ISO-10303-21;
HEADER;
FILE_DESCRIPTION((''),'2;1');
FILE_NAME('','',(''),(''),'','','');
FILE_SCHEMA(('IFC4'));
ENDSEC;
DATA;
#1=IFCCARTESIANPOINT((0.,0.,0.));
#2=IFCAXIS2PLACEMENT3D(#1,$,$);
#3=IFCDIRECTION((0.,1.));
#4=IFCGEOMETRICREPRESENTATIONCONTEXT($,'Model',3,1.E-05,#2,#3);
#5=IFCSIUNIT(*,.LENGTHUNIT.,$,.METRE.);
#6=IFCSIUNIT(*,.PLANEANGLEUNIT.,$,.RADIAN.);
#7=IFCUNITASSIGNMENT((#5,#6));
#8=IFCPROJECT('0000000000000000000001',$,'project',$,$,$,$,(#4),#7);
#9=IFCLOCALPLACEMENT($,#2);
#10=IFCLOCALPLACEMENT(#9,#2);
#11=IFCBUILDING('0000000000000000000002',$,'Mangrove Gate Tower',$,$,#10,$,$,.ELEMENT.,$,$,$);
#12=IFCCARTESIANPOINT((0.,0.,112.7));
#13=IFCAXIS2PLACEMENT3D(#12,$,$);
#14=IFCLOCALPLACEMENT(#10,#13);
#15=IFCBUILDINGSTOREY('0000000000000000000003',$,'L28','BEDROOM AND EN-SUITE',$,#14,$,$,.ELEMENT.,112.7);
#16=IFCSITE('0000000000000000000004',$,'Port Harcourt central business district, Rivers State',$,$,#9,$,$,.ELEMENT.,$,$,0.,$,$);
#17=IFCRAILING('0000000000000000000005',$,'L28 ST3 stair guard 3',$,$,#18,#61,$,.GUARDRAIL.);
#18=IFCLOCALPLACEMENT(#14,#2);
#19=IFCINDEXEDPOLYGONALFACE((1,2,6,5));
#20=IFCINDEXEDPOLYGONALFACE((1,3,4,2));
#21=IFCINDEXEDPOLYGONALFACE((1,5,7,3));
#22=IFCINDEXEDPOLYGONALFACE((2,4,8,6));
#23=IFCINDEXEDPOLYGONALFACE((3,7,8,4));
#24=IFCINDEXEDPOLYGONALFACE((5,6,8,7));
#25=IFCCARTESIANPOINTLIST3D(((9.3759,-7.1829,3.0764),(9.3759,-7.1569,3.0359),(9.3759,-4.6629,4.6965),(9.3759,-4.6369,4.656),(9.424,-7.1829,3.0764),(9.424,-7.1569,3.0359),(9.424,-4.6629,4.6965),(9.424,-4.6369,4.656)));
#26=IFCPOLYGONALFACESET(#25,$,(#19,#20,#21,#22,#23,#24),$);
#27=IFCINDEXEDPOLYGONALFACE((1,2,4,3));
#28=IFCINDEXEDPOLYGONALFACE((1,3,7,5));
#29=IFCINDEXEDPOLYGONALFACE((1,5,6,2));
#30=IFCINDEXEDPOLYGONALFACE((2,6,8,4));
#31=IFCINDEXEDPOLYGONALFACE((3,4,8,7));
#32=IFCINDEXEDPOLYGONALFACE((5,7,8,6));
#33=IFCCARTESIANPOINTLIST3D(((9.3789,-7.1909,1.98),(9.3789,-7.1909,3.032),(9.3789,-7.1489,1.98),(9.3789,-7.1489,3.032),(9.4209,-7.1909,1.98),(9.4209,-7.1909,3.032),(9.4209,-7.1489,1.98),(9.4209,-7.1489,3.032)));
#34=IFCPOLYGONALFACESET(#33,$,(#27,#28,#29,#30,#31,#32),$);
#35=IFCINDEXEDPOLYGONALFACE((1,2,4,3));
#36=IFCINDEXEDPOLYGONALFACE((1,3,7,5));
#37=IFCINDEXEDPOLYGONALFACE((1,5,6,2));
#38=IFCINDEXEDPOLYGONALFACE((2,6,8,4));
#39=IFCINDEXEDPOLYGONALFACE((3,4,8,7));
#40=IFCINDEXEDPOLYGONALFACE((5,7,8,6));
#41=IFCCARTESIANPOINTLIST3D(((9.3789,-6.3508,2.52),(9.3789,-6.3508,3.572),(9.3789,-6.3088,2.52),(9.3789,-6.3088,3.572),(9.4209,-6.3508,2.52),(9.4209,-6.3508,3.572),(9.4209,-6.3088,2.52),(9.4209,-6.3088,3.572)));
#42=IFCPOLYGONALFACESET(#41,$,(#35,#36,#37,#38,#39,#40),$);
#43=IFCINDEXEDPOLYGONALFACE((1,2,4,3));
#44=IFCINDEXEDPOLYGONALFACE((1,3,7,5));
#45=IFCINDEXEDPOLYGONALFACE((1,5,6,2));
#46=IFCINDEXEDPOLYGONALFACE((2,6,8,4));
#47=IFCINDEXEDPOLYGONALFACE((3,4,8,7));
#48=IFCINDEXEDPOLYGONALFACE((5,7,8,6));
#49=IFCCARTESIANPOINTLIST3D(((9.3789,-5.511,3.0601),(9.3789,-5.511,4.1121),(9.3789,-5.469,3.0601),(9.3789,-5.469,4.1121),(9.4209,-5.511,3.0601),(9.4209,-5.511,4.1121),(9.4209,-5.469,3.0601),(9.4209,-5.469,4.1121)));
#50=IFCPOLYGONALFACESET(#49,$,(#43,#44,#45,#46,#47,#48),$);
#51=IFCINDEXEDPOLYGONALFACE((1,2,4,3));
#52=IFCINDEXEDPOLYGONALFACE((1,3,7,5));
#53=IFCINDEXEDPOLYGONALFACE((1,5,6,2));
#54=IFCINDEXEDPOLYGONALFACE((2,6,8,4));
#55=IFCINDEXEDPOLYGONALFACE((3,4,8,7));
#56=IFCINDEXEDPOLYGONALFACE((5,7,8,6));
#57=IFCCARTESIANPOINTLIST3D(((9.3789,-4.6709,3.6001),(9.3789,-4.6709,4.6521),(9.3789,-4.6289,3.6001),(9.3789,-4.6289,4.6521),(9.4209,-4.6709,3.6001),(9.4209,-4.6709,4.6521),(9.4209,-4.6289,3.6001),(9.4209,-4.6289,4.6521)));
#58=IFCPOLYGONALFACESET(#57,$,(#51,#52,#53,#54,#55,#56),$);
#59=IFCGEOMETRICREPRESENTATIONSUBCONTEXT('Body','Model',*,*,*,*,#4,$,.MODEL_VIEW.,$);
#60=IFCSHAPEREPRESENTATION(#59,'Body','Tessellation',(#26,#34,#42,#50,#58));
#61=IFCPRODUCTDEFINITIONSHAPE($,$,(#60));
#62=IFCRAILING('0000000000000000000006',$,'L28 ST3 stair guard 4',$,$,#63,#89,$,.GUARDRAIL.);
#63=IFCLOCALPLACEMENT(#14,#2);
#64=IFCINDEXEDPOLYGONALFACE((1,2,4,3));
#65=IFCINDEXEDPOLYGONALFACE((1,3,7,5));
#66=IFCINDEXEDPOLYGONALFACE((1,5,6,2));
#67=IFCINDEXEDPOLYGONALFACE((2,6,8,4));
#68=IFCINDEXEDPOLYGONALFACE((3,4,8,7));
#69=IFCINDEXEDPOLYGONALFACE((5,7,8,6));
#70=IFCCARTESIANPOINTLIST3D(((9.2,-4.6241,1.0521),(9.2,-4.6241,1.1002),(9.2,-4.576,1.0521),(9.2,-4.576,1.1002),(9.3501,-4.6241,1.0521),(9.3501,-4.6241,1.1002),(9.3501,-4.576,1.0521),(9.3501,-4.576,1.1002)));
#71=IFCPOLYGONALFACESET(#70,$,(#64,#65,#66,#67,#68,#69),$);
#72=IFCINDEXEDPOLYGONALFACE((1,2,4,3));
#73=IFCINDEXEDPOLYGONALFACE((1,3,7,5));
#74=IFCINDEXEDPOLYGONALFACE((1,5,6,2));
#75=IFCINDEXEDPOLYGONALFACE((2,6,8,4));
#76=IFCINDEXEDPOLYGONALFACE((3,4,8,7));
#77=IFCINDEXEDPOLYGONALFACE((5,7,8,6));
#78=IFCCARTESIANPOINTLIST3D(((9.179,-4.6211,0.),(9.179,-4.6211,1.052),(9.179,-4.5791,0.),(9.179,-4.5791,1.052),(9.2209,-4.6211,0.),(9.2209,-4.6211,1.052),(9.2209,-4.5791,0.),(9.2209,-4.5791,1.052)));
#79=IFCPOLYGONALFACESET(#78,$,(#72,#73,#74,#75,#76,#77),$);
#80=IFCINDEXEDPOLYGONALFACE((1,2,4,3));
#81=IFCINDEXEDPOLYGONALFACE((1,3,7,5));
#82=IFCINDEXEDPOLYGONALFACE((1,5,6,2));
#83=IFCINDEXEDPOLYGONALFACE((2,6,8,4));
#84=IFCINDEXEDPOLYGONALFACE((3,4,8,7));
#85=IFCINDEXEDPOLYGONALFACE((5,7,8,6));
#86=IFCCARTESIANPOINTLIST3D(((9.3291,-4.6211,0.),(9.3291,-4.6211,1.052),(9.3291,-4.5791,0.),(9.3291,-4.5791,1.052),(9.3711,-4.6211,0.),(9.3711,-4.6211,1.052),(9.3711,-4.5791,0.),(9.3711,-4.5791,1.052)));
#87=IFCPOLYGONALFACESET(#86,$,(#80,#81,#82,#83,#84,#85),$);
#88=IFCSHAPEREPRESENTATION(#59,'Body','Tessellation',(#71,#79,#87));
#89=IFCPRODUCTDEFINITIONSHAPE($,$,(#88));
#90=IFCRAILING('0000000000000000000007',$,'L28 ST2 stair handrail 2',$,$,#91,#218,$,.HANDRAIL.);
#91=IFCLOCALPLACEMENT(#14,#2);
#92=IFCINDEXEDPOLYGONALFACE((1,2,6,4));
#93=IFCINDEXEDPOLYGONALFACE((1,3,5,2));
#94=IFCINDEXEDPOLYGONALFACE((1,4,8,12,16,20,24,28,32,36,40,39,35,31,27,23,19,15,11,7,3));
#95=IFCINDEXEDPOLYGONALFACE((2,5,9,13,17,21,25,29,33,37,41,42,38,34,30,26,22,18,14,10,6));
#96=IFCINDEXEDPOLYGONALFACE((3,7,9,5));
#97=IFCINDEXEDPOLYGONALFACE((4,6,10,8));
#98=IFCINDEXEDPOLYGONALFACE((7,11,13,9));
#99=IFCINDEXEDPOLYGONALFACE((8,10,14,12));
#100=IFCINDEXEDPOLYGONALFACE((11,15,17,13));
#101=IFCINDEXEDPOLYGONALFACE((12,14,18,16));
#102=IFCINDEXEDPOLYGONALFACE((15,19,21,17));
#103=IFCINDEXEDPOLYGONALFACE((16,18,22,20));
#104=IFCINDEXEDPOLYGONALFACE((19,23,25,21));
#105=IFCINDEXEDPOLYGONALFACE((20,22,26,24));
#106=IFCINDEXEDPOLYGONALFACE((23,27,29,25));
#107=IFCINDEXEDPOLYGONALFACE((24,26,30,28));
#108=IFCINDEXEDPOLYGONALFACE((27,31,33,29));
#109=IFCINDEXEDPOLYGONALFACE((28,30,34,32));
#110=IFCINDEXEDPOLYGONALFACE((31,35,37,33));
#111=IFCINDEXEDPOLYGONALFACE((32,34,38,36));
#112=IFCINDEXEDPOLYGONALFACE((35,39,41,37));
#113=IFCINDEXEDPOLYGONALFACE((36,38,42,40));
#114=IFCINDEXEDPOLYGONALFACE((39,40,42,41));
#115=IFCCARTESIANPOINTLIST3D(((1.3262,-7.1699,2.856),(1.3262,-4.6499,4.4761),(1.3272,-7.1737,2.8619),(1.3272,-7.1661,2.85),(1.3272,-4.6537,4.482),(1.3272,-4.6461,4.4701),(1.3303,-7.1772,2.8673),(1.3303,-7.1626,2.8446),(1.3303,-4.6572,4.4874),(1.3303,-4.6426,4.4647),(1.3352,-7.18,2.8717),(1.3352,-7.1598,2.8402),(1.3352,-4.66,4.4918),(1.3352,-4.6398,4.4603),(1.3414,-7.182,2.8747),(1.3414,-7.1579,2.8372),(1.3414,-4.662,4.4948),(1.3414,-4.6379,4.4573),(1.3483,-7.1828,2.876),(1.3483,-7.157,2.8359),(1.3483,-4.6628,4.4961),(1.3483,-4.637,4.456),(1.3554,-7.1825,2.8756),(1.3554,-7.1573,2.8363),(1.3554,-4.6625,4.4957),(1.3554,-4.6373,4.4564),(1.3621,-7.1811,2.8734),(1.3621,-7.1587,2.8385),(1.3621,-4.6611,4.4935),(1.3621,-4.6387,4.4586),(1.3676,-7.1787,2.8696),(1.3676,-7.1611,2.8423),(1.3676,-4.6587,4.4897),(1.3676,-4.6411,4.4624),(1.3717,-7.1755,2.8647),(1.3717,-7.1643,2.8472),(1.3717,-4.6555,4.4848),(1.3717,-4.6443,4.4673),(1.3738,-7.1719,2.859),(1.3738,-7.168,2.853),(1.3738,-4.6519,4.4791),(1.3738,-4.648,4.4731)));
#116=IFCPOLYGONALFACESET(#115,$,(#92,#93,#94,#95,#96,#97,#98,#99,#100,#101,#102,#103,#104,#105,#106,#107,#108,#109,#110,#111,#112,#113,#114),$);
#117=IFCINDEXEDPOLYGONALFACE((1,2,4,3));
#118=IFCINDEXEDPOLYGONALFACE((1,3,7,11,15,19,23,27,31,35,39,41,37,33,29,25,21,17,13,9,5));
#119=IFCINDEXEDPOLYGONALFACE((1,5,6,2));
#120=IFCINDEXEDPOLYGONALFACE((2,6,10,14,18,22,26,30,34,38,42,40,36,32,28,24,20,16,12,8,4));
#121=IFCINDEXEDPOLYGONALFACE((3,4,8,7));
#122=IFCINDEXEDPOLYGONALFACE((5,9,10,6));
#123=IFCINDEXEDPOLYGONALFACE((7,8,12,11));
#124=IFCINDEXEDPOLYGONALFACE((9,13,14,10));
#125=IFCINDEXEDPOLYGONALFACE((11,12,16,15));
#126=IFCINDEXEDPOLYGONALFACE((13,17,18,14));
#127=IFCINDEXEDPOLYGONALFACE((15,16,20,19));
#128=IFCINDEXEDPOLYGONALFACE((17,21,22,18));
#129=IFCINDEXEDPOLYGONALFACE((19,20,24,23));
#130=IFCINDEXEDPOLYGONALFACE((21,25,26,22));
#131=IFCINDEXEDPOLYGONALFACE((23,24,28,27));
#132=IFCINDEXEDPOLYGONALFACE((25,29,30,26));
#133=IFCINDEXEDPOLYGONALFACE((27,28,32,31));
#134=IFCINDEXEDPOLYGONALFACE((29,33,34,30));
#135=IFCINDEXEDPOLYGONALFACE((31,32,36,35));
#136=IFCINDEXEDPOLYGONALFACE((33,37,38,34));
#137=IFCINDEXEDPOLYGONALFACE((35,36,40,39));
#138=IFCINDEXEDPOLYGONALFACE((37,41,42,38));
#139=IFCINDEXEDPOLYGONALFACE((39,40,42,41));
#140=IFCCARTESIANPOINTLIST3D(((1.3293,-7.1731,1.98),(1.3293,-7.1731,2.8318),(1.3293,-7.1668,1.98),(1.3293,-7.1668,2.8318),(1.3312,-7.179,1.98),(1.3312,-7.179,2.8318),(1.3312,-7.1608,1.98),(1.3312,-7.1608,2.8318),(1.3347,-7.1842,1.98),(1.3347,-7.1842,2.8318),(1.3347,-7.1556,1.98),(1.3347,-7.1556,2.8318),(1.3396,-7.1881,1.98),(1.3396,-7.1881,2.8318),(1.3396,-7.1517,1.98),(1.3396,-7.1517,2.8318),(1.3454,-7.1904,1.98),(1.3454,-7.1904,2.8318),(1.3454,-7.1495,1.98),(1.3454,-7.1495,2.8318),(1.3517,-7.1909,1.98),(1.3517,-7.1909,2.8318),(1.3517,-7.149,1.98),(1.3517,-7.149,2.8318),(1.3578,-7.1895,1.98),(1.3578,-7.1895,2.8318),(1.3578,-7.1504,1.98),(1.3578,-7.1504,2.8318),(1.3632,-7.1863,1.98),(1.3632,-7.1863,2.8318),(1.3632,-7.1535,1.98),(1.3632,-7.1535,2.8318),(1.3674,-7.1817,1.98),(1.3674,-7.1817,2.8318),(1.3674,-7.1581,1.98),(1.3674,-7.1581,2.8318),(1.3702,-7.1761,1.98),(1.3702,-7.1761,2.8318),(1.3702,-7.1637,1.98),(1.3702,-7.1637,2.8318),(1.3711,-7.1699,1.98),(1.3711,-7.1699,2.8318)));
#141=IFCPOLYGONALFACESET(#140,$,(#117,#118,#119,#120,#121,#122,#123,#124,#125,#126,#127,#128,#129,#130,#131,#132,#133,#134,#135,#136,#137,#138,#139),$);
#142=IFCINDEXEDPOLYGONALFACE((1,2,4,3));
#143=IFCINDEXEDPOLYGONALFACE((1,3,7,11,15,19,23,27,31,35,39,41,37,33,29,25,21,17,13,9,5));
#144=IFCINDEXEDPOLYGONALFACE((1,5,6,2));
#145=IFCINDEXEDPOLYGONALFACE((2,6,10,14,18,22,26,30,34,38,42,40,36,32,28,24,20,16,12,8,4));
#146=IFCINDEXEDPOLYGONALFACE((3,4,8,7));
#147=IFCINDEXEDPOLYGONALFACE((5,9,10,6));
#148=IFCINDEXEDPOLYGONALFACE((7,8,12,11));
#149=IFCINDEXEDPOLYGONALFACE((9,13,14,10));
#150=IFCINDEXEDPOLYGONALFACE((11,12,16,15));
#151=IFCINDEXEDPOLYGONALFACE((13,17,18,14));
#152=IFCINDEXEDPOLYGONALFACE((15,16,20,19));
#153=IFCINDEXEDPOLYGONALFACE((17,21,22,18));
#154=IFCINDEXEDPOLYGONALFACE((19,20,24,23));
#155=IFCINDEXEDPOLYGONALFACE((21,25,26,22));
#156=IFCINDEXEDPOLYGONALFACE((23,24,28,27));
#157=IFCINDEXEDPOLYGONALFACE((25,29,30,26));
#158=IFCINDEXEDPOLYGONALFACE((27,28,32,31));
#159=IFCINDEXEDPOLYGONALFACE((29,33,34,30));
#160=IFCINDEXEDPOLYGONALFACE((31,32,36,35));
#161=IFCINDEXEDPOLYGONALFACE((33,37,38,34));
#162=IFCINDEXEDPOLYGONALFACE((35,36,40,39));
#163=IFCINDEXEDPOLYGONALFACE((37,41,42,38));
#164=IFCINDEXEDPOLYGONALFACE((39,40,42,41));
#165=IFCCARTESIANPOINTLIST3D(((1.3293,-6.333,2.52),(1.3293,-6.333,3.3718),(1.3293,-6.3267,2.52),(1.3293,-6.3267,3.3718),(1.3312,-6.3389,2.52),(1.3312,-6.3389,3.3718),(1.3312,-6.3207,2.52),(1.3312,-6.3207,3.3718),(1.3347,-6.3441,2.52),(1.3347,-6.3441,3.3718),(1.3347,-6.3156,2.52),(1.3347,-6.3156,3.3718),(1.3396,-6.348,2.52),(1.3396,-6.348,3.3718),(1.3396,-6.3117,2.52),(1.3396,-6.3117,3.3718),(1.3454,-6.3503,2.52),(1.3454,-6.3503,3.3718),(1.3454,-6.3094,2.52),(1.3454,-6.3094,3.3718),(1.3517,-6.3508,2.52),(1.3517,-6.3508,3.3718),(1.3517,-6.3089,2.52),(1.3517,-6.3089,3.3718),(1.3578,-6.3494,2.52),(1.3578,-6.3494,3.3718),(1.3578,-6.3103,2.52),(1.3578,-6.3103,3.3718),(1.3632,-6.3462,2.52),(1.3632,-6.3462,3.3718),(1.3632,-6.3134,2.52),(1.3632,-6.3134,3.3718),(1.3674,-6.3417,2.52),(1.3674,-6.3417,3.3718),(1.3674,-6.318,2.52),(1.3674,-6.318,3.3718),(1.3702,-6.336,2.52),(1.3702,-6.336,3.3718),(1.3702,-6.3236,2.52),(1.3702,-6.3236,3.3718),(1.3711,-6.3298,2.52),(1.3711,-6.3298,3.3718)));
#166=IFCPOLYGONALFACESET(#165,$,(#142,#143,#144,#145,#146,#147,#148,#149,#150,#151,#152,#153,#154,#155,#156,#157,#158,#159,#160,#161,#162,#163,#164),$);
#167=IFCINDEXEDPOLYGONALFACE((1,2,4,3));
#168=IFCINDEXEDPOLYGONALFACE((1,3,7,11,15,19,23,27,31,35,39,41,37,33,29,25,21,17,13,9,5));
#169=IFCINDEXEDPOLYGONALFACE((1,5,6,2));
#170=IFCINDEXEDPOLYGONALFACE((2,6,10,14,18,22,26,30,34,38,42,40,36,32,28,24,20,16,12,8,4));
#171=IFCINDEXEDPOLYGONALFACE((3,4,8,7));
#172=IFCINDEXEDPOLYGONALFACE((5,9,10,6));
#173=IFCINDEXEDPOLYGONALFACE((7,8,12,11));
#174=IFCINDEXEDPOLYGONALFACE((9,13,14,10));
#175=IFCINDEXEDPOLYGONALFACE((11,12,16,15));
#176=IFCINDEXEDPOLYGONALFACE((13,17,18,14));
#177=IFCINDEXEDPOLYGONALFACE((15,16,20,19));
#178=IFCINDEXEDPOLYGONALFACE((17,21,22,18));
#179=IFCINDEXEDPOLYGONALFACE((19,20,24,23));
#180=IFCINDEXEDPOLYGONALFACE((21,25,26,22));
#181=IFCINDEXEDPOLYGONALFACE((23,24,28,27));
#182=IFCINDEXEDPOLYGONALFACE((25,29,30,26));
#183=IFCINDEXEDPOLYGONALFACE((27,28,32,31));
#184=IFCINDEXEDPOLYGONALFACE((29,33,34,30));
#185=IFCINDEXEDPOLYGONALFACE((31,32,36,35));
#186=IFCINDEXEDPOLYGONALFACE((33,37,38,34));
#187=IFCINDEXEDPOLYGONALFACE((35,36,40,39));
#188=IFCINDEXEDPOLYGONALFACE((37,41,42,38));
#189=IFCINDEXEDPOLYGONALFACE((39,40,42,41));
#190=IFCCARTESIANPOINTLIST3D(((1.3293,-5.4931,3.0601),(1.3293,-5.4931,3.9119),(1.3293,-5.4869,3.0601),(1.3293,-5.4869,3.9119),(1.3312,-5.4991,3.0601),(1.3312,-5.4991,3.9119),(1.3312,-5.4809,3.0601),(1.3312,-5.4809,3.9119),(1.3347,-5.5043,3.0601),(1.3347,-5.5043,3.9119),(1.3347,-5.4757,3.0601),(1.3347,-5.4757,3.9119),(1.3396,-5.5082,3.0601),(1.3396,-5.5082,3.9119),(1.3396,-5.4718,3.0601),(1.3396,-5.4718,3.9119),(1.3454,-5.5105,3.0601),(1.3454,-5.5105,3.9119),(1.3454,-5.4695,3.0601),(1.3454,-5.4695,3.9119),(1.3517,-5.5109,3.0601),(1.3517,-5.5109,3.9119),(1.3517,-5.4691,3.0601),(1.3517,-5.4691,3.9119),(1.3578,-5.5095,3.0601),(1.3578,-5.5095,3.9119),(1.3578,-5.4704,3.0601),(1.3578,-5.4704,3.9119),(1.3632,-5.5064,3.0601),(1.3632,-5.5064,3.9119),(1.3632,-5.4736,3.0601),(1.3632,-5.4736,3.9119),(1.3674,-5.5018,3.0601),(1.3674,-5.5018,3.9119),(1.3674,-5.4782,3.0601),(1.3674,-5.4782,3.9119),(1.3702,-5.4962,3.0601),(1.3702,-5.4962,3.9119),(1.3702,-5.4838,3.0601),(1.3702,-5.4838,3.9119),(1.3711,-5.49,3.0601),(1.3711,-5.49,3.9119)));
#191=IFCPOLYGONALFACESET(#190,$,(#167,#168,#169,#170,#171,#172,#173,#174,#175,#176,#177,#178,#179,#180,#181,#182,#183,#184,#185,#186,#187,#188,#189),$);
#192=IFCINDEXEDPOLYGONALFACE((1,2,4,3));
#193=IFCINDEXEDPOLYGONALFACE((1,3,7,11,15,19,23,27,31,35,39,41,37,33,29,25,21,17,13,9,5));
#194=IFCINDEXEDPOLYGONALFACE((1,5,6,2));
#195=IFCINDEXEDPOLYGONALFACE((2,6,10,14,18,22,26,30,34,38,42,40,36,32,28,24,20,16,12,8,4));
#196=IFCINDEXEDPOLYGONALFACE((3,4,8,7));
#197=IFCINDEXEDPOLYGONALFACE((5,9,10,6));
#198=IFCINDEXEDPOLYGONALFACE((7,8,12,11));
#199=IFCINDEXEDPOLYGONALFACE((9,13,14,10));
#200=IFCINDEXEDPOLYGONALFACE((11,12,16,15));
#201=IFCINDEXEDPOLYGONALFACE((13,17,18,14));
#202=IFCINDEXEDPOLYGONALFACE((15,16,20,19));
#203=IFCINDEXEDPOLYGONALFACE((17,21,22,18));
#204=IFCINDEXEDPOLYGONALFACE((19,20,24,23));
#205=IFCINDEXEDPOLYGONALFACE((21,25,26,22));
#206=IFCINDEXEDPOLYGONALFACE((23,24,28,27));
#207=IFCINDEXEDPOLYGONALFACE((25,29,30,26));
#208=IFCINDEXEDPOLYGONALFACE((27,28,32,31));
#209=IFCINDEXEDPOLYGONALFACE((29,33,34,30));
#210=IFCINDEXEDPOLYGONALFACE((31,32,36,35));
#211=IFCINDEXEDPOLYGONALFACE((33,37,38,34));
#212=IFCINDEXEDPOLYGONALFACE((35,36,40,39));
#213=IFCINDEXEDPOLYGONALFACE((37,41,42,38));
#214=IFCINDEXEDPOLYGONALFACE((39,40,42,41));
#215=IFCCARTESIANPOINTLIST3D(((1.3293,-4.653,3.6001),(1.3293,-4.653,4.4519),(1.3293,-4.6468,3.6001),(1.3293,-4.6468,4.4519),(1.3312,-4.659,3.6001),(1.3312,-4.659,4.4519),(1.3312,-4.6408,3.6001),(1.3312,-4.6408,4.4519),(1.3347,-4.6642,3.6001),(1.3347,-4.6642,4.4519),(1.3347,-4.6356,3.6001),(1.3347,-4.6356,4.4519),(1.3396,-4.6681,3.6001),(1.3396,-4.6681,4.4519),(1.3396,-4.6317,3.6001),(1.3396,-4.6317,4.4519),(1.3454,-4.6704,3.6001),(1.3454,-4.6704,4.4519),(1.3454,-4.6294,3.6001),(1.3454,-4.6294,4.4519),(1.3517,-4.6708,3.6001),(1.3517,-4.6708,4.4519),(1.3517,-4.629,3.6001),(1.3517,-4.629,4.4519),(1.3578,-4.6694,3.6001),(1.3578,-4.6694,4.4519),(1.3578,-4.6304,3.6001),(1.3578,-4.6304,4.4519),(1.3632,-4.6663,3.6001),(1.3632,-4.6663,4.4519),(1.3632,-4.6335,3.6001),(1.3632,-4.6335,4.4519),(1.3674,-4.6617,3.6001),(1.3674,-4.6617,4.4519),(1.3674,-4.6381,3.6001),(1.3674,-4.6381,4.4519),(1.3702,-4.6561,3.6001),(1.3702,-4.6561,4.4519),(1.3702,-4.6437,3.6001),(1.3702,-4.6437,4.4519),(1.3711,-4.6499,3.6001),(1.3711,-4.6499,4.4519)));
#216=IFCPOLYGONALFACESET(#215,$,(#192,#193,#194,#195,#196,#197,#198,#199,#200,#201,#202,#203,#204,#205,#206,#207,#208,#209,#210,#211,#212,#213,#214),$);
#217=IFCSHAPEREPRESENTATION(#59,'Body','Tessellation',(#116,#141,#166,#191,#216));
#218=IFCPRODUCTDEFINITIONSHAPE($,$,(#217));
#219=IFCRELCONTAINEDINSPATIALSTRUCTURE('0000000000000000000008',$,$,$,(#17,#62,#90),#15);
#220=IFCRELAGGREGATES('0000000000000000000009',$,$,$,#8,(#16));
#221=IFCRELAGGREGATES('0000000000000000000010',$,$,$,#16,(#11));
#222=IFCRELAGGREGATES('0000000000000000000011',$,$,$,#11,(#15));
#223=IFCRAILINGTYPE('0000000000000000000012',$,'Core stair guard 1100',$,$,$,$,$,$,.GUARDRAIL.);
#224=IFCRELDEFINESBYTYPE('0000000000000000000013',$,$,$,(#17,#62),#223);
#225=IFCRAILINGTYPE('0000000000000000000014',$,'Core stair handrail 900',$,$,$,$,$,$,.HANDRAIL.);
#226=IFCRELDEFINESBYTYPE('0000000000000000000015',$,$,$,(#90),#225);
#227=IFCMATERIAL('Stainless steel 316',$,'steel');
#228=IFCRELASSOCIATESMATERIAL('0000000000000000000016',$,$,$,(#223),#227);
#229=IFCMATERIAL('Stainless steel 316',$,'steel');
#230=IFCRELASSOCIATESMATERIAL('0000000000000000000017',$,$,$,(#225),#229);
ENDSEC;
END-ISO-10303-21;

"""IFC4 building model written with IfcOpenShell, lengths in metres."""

from ifc_helpers import new_model, si_unit, direction, frame, origin, origin_2d, place, context, subcontext, project, spatial, rectangle, circle, extrude, material, type_object, element, save


model = new_model("IFC4")

# Units and contexts
model_context = context("Model", 3, precision=1e-05, world=origin(), true_north=direction((0.0, 1.0)))
body_context = subcontext(model_context, "Body", "Model", "MODEL_VIEW")
ifc_project = project(units=[si_unit("LENGTHUNIT", "METRE"), si_unit("PLANEANGLEUNIT", "RADIAN")], contexts=[model_context])

# Site, building, storey
site_placement = place(None, origin())
site = spatial("IfcSite", under=ifc_project, at=site_placement, Name="Port Harcourt central business district, Rivers State", CompositionType="ELEMENT", RefElevation=0.0)
building_placement = place(site_placement, origin())
building = spatial("IfcBuilding", under=site, at=building_placement, Name="Mangrove Gate Tower", CompositionType="ELEMENT")
storey_placement = place(building_placement, frame((0.0, 0.0, 112.7)))
storey = spatial("IfcBuildingStorey", under=building, at=storey_placement, Name="L28", Description="BEDROOM AND EN-SUITE", CompositionType="ELEMENT", Elevation=112.7)

# Railings
ifc_material_1 = material(Name="Stainless steel 316", Category="steel")
railing_type_1 = type_object("IfcRailingType", Name="Core stair guard 1100", PredefinedType="GUARDRAIL", material=ifc_material_1)
railing_1_placement = place(storey_placement, frame((9.3999, -7.1699, 1.98)))
element("IfcRailing", 1, at=railing_1_placement, inside=storey, type_object=railing_type_1, Name="L28 ST3 stair guard 3", PredefinedType="GUARDRAIL", context=body_context, shape_type="SweptSolid", body=[
    extrude(rectangle(XDim=0.0481, YDim=0.0481, at=origin_2d()), frame((0.0, 0.0, 1.0762), z_axis=(0.0, 0.841163, 0.540782), x_axis=(-1.0, 0.0, 0.0)), (0.0, 0.0, 1.0), 2.9958),
    extrude(rectangle(XDim=0.042, YDim=0.042, at=origin_2d()), origin(), (0.0, 0.0, 1.0), 1.052),
    extrude(rectangle(XDim=0.042, YDim=0.042, at=origin_2d()), frame((0.0, 0.8401, 0.54)), (0.0, 0.0, 1.0), 1.052),
    extrude(rectangle(XDim=0.042, YDim=0.042, at=origin_2d()), frame((0.0, 1.6799, 1.0801)), (0.0, 0.0, 1.0), 1.052),
    extrude(rectangle(XDim=0.042, YDim=0.042, at=origin_2d()), frame((0.0, 2.52, 1.6201)), (0.0, 0.0, 1.0), 1.052),
])
railing_2_placement = place(storey_placement, frame((9.2, -4.6001, 0.0)))
element("IfcRailing", 2, at=railing_2_placement, inside=storey, type_object=railing_type_1, Name="L28 ST3 stair guard 4", PredefinedType="GUARDRAIL", context=body_context, shape_type="SweptSolid", body=[
    extrude(rectangle(XDim=0.0481, YDim=0.0481, at=origin_2d()), frame((0.0, 0.0, 1.0762), z_axis=(1.0, 0.0, 0.0), x_axis=(0.0, 1.0, 0.0)), (0.0, 0.0, 1.0), 0.1501),
    extrude(rectangle(XDim=0.042, YDim=0.042, at=origin_2d()), origin(), (0.0, 0.0, 1.0), 1.052),
    extrude(rectangle(XDim=0.042, YDim=0.042, at=origin_2d()), frame((0.1501, 0.0, 0.0)), (0.0, 0.0, 1.0), 1.052),
])
ifc_material_2 = material(Name="Stainless steel 316", Category="steel")
railing_type_2 = type_object("IfcRailingType", Name="Core stair handrail 900", PredefinedType="HANDRAIL", material=ifc_material_2)
railing_3_placement = place(storey_placement, frame((1.3501, -7.1699, 1.98)))
element("IfcRailing", 3, at=railing_3_placement, inside=storey, type_object=railing_type_2, Name="L28 ST2 stair handrail 2", PredefinedType="HANDRAIL", context=body_context, shape_type="SweptSolid", body=[
    extrude(circle(Radius=0.0239, at=origin_2d()), frame((0.0, 0.0, 0.876), z_axis=(0.0, 0.841163, 0.540782), x_axis=(-1.0, 0.0, 0.0)), (0.0, 0.0, 1.0), 2.9958),
    extrude(circle(Radius=0.021, at=origin_2d()), origin(), (0.0, 0.0, 1.0), 0.8518),
    extrude(circle(Radius=0.021, at=origin_2d()), frame((0.0, 0.8401, 0.54)), (0.0, 0.0, 1.0), 0.8518),
    extrude(circle(Radius=0.021, at=origin_2d()), frame((0.0, 1.6799, 1.0801)), (0.0, 0.0, 1.0), 0.8518),
    extrude(circle(Radius=0.021, at=origin_2d()), frame((0.0, 2.52, 1.6201)), (0.0, 0.0, 1.0), 0.8518),
])

save(model, "model.ifc")
